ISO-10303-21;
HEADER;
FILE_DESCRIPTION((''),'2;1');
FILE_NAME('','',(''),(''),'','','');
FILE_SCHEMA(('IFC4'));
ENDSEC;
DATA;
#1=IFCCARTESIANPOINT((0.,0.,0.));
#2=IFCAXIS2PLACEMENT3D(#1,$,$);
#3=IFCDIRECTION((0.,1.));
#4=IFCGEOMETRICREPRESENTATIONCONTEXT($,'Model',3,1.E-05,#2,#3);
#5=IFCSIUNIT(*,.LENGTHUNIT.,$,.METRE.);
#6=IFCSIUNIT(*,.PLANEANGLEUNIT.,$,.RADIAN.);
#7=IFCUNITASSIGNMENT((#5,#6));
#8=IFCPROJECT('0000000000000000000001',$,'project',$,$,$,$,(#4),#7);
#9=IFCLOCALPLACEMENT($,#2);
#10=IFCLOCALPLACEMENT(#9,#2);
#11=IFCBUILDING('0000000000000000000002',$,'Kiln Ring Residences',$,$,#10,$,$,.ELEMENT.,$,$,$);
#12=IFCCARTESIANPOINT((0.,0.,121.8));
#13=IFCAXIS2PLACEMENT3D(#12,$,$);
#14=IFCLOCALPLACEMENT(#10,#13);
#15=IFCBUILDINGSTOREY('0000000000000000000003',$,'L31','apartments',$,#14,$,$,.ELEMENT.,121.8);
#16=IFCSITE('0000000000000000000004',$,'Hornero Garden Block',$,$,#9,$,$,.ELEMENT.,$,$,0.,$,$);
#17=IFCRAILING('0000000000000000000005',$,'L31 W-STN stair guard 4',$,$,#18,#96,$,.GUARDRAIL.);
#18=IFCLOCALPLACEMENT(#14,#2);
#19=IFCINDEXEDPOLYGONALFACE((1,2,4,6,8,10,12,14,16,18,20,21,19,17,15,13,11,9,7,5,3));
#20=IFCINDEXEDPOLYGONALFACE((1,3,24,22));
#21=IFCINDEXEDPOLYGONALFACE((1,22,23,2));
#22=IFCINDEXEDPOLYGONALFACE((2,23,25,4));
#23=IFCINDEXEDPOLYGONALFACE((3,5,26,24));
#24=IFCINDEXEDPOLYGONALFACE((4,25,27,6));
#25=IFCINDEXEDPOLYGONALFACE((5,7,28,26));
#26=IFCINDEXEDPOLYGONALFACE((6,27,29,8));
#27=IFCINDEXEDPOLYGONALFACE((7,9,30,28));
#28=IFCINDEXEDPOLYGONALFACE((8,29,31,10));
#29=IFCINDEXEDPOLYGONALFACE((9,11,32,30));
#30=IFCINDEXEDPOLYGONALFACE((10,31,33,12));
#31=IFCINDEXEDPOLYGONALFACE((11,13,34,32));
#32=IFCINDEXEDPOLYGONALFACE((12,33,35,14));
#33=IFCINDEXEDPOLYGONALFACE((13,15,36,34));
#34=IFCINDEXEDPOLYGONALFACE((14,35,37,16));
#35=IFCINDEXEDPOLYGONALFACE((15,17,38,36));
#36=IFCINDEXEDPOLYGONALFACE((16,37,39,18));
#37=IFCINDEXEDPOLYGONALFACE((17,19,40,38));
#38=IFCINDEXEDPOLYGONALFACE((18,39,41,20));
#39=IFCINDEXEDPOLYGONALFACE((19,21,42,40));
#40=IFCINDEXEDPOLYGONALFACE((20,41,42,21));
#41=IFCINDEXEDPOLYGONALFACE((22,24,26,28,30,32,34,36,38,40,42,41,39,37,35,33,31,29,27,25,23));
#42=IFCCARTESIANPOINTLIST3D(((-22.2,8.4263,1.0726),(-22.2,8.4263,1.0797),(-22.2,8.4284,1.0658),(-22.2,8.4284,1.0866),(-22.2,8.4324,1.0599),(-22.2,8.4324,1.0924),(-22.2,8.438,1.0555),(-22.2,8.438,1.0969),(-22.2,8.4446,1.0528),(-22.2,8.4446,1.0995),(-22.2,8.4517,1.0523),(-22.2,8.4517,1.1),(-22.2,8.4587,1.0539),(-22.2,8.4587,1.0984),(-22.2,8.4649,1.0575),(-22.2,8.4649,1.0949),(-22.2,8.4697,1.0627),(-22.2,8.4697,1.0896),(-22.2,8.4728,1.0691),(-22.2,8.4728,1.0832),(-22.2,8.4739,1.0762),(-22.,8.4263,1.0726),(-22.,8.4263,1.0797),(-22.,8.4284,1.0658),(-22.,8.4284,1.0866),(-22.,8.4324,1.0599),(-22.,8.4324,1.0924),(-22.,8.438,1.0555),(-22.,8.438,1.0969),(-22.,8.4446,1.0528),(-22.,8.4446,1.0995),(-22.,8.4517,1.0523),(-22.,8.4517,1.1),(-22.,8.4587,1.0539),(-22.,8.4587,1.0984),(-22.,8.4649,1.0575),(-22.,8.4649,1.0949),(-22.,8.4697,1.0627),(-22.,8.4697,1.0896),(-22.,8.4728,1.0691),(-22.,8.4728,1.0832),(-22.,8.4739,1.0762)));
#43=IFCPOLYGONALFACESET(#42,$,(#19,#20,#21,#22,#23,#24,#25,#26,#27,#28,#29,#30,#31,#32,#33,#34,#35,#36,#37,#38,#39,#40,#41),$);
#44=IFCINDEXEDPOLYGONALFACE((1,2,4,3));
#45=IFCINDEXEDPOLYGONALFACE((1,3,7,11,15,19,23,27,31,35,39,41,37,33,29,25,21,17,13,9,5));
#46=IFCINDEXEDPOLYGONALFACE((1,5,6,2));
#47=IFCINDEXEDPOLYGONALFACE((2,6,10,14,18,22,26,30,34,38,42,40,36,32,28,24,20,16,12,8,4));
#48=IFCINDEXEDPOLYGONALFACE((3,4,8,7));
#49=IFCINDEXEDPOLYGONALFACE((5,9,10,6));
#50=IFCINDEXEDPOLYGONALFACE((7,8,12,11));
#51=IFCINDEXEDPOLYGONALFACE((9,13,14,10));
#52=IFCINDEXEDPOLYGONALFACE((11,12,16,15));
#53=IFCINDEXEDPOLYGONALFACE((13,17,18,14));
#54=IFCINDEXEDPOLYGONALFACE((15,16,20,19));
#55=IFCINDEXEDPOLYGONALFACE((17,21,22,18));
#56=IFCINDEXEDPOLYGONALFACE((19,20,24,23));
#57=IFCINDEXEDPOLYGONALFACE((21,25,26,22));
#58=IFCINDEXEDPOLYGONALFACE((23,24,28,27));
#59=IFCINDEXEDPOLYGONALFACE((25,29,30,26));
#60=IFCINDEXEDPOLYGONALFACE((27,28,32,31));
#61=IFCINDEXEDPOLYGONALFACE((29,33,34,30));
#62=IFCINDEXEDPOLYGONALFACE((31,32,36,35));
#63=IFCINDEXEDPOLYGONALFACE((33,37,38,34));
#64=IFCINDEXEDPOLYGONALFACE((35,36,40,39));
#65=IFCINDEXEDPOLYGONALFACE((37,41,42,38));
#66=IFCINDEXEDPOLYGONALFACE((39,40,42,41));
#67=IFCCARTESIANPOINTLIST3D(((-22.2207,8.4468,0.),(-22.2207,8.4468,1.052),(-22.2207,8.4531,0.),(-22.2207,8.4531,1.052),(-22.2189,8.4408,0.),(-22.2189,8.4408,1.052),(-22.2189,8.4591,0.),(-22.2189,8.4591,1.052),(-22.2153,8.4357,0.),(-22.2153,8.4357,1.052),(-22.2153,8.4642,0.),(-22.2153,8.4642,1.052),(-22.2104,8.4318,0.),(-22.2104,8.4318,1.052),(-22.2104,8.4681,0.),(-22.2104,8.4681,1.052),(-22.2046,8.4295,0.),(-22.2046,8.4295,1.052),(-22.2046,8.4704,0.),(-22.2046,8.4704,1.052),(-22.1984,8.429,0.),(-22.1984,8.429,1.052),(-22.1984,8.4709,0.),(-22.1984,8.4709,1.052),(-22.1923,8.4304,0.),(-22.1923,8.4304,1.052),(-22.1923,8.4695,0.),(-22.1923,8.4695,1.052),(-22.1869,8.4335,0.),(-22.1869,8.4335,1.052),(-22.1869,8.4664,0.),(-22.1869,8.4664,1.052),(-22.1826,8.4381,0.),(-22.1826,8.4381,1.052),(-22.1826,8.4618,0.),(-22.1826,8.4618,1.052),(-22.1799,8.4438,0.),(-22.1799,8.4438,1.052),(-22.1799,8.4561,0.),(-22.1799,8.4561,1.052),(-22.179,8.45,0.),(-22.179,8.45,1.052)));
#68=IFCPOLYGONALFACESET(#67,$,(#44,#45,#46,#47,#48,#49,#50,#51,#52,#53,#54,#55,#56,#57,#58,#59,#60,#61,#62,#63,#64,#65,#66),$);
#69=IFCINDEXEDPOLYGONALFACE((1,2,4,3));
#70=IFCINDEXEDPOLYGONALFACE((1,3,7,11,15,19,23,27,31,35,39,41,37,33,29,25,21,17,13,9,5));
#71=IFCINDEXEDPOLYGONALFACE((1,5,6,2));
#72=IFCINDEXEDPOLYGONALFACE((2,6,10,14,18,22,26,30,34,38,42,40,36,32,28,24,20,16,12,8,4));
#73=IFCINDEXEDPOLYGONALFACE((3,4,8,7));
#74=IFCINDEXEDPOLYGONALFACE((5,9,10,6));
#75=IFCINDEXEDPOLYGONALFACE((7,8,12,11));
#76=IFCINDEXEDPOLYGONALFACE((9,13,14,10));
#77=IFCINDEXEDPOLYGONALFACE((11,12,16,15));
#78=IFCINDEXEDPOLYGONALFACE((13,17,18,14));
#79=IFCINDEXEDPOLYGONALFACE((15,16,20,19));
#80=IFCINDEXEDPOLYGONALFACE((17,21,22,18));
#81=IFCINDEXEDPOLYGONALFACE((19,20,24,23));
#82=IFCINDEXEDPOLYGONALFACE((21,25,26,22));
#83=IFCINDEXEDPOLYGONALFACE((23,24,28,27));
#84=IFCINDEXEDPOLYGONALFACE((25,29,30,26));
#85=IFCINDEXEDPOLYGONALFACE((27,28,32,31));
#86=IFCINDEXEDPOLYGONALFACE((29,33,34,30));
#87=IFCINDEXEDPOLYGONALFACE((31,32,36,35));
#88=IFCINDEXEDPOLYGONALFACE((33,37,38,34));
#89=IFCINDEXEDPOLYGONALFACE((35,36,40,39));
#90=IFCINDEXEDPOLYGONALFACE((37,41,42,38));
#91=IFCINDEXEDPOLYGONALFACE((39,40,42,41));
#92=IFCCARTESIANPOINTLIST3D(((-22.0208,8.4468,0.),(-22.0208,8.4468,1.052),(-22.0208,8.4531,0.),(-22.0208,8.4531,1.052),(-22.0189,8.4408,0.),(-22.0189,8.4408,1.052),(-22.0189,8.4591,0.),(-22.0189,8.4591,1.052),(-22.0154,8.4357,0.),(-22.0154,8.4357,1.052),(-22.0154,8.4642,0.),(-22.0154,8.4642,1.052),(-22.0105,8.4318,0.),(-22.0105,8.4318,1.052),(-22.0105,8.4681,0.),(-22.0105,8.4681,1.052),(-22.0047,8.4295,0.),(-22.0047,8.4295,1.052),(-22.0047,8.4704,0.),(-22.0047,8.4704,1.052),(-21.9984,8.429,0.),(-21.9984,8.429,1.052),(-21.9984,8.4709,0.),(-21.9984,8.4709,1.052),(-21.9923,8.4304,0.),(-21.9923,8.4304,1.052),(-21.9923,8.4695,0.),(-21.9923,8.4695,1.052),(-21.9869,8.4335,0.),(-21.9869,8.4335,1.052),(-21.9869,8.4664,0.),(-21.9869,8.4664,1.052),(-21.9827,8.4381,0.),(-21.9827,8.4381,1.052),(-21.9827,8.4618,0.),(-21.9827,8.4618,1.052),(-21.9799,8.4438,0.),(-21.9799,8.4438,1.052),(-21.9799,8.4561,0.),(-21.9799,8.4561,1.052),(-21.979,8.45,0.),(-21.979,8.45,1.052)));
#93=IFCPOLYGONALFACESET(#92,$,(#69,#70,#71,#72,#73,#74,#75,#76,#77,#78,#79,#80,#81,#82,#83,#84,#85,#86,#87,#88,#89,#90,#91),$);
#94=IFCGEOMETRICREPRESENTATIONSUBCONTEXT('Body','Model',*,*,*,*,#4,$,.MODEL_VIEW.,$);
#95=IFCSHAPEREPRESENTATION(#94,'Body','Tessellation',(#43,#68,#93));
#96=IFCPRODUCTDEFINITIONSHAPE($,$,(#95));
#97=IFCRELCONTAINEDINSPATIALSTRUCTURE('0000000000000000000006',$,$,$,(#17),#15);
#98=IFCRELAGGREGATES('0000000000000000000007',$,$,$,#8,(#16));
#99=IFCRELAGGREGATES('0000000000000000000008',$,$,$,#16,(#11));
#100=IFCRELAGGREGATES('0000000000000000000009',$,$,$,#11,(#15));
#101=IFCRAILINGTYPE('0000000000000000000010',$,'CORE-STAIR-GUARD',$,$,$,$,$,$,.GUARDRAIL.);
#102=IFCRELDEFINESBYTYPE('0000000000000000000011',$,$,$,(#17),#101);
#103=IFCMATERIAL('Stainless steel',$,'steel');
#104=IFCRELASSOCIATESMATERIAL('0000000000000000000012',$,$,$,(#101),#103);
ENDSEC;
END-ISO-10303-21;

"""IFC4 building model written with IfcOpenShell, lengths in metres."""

from ifc_helpers import new_model, si_unit, direction, frame, origin, origin_2d, place, context, subcontext, project, spatial, circle, extrude, material, type_object, element, save


model = new_model("IFC4")

# Units and contexts
model_context = context("Model", 3, precision=1e-05, world=origin(), true_north=direction((0.0, 1.0)))
body_context = subcontext(model_context, "Body", "Model", "MODEL_VIEW")
ifc_project = project(units=[si_unit("LENGTHUNIT", "METRE"), si_unit("PLANEANGLEUNIT", "RADIAN")], contexts=[model_context])

# Site, building, storey
site_placement = place(None, origin())
site = spatial("IfcSite", under=ifc_project, at=site_placement, Name="Hornero Garden Block", CompositionType="ELEMENT", RefElevation=0.0)
building_placement = place(site_placement, origin())
building = spatial("IfcBuilding", under=site, at=building_placement, Name="Kiln Ring Residences", CompositionType="ELEMENT")
storey_placement = place(building_placement, frame((0.0, 0.0, 121.8)))
storey = spatial("IfcBuildingStorey", under=building, at=storey_placement, Name="L31", Description="apartments", CompositionType="ELEMENT", Elevation=121.8)

# Railing
ifc_material_1 = material(Name="Stainless steel", Category="steel")
railing_type_1 = type_object("IfcRailingType", Name="CORE-STAIR-GUARD", PredefinedType="GUARDRAIL", material=ifc_material_1)
railing_1_placement = place(storey_placement, frame((-22.2, 8.45, 0.0)))
element("IfcRailing", 1, at=railing_1_placement, inside=storey, type_object=railing_type_1, Name="L31 W-STN stair guard 4", PredefinedType="GUARDRAIL", context=body_context, shape_type="SweptSolid", body=[
    extrude(circle(Radius=0.0239, at=origin_2d()), frame((0.0, 0.0, 1.0762), z_axis=(1.0, 0.0, 0.0), x_axis=(0.0, 1.0, 0.0)), (0.0, 0.0, 1.0), 0.2),
    extrude(circle(Radius=0.021, at=origin_2d()), origin(), (0.0, 0.0, 1.0), 1.052),
    extrude(circle(Radius=0.021, at=origin_2d()), frame((0.2, 0.0, 0.0)), (0.0, 0.0, 1.0), 1.052),
])

save(model, "model.ifc")
